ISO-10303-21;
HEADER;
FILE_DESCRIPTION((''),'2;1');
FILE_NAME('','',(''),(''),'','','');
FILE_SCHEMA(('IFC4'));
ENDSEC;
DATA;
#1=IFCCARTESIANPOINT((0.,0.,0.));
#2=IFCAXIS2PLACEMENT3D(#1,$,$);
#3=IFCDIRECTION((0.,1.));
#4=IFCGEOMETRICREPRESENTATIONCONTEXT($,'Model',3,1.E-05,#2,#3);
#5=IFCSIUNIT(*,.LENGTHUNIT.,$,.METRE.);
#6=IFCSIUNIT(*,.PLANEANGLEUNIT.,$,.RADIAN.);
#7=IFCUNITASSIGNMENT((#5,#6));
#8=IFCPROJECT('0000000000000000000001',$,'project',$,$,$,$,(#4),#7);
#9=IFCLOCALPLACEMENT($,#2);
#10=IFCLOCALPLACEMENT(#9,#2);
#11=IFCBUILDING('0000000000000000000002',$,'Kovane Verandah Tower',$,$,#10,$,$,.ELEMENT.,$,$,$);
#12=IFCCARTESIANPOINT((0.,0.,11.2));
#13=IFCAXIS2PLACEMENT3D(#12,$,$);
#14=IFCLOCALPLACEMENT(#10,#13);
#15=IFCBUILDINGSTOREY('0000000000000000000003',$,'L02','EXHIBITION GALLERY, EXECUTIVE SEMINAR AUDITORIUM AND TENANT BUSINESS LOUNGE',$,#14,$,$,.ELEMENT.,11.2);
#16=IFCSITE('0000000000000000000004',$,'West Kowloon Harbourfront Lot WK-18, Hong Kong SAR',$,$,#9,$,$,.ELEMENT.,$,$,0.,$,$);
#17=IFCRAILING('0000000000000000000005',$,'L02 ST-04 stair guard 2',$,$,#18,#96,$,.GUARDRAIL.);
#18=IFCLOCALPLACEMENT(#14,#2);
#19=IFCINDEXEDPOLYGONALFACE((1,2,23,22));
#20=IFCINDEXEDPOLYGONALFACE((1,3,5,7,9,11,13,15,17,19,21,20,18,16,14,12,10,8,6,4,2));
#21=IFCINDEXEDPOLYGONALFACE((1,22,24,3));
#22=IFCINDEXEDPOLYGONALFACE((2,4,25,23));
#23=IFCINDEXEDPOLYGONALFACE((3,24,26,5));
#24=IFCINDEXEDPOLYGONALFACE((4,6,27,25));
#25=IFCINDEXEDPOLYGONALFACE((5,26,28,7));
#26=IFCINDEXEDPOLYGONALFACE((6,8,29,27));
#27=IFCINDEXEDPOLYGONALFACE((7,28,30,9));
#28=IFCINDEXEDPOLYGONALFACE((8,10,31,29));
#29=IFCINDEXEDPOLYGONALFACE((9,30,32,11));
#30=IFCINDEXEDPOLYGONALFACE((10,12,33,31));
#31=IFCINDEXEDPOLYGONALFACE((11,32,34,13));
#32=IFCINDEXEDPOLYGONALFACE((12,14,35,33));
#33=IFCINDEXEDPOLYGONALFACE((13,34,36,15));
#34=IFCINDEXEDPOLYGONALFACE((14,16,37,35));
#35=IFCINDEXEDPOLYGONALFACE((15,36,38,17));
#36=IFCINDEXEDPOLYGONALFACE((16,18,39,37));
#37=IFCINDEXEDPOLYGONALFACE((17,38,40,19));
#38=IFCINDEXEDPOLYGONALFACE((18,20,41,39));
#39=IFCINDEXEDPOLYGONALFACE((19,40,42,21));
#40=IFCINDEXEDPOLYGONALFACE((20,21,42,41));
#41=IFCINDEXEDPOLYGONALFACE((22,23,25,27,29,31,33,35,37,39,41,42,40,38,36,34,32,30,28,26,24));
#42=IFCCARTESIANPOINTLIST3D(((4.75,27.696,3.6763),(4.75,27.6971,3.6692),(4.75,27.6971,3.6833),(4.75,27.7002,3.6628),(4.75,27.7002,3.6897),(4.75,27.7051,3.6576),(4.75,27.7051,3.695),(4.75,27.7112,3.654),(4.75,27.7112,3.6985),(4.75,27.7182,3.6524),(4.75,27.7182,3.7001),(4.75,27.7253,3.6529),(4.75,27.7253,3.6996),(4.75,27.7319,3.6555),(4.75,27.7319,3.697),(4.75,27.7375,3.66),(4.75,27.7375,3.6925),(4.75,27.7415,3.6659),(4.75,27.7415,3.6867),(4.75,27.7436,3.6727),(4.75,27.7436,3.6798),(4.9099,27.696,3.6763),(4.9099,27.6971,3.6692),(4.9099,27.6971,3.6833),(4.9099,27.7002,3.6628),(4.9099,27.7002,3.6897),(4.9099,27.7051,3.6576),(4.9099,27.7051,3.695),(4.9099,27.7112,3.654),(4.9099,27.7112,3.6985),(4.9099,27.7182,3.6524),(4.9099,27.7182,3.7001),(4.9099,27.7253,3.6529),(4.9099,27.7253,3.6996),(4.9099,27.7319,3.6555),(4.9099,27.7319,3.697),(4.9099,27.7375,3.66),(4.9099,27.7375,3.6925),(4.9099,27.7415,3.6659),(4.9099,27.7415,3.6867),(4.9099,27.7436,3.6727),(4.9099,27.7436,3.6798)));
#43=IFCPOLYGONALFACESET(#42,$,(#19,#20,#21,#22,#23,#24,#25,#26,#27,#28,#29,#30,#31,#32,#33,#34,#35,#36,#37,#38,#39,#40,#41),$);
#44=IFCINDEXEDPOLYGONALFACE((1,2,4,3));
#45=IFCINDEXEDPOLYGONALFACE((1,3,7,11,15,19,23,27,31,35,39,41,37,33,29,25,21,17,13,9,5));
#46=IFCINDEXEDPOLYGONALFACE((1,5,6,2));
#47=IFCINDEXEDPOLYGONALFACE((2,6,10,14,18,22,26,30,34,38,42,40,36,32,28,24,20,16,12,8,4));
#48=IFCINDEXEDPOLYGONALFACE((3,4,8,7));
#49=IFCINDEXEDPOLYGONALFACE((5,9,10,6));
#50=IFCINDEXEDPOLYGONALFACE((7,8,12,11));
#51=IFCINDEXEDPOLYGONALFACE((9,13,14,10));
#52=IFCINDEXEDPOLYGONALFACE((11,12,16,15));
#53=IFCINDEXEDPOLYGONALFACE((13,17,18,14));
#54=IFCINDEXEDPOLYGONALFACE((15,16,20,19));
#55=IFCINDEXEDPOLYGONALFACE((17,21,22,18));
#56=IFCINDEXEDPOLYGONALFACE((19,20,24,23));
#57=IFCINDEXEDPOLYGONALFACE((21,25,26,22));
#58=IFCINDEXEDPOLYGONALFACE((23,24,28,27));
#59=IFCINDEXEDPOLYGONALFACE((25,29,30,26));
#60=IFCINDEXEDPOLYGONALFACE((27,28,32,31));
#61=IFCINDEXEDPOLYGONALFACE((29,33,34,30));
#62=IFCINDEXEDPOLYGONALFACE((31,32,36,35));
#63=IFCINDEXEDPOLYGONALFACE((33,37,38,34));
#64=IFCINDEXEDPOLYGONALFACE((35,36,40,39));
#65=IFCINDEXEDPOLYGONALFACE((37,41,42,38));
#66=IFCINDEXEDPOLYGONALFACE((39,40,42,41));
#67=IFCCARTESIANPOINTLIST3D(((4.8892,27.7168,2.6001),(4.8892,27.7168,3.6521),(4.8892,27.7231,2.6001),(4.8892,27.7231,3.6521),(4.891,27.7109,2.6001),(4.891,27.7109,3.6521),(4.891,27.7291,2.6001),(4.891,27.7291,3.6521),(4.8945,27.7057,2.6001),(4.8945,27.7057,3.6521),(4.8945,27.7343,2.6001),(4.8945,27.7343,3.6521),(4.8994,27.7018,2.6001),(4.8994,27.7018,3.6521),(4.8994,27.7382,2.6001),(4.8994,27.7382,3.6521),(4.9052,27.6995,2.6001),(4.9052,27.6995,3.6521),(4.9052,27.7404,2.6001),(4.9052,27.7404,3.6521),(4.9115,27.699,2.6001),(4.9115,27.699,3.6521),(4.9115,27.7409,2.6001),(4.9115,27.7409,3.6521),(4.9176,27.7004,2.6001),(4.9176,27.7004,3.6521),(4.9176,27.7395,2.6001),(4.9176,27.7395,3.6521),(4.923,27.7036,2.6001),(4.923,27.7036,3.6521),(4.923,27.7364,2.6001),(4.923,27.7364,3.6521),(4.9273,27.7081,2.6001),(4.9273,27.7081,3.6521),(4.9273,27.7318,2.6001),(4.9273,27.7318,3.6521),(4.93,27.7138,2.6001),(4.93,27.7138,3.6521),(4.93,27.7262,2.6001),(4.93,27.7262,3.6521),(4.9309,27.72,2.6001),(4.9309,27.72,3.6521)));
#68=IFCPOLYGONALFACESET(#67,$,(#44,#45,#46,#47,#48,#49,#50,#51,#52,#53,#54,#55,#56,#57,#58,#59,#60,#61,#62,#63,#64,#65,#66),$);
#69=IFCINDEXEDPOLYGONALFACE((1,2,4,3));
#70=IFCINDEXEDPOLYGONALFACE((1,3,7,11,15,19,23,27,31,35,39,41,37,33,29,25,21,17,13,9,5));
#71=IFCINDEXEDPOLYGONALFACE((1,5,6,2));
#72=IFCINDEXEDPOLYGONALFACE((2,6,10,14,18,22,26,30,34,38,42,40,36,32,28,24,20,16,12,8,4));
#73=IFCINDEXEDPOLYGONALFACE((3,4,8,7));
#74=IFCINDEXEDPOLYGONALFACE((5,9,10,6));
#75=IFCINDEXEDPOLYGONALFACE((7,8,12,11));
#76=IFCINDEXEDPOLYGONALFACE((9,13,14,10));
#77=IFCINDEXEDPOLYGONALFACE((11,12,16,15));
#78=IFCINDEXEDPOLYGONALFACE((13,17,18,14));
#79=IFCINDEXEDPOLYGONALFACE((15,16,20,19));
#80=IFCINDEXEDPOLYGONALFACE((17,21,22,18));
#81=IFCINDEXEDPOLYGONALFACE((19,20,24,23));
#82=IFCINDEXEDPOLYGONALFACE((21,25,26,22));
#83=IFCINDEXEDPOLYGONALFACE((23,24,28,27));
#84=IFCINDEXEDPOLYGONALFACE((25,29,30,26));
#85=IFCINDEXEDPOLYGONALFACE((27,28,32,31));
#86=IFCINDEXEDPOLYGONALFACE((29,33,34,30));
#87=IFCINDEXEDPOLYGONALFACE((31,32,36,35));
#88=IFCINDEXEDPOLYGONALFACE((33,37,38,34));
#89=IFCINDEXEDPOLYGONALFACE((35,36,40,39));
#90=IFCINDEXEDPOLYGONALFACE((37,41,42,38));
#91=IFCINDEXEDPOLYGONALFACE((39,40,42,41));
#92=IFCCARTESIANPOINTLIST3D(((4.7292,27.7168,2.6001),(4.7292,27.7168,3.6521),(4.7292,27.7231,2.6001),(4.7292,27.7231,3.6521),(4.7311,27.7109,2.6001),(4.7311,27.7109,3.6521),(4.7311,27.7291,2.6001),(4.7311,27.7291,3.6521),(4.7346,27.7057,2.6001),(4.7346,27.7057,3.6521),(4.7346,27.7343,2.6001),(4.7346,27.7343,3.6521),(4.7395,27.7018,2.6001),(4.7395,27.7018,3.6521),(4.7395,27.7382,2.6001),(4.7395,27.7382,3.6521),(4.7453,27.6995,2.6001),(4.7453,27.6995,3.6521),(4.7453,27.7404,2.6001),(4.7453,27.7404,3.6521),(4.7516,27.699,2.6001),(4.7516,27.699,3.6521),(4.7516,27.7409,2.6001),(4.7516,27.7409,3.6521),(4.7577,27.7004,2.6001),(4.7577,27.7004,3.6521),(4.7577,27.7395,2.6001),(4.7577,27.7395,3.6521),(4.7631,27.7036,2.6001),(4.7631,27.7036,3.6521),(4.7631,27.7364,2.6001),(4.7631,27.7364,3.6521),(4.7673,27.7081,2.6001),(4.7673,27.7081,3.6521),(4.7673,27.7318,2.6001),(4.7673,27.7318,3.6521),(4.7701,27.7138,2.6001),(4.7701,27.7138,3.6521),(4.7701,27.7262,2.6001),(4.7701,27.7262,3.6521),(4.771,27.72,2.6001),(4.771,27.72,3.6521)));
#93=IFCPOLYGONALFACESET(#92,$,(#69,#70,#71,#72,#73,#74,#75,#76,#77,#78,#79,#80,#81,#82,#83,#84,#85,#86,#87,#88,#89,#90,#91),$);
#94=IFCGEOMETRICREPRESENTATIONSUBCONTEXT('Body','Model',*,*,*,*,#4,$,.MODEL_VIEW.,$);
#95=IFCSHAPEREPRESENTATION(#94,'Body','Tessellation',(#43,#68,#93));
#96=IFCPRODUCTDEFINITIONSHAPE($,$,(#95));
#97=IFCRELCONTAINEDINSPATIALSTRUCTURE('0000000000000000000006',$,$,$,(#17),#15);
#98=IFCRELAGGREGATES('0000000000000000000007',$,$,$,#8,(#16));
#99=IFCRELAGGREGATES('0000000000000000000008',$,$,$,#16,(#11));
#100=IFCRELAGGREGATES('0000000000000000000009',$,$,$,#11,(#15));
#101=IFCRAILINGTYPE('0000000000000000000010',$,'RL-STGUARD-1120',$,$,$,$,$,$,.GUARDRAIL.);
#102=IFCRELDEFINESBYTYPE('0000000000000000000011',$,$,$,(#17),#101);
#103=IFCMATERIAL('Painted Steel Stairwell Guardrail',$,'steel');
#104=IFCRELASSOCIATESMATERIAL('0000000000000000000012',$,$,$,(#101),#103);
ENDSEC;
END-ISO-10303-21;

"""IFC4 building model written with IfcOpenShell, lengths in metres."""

from ifc_helpers import new_model, si_unit, direction, frame, origin, origin_2d, place, context, subcontext, project, spatial, circle, extrude, material, type_object, element, save


model = new_model("IFC4")

# Units and contexts
model_context = context("Model", 3, precision=1e-05, world=origin(), true_north=direction((0.0, 1.0)))
body_context = subcontext(model_context, "Body", "Model", "MODEL_VIEW")
ifc_project = project(units=[si_unit("LENGTHUNIT", "METRE"), si_unit("PLANEANGLEUNIT", "RADIAN")], contexts=[model_context])

# Site, building, storey
site_placement = place(None, origin())
site = spatial("IfcSite", under=ifc_project, at=site_placement, Name="West Kowloon Harbourfront Lot WK-18, Hong Kong SAR", CompositionType="ELEMENT", RefElevation=0.0)
building_placement = place(site_placement, origin())
building = spatial("IfcBuilding", under=site, at=building_placement, Name="Kovane Verandah Tower", CompositionType="ELEMENT")
storey_placement = place(building_placement, frame((0.0, 0.0, 11.2)))
storey = spatial("IfcBuildingStorey", under=building, at=storey_placement, Name="L02", Description="EXHIBITION GALLERY, EXECUTIVE SEMINAR AUDITORIUM AND TENANT BUSINESS LOUNGE", CompositionType="ELEMENT", Elevation=11.2)

# Railing
ifc_material_1 = material(Name="Painted Steel Stairwell Guardrail", Category="steel")
railing_type_1 = type_object("IfcRailingType", Name="RL-STGUARD-1120", PredefinedType="GUARDRAIL", material=ifc_material_1)
railing_1_placement = place(storey_placement, frame((4.9099, 27.72, 2.6001)))
element("IfcRailing", 1, at=railing_1_placement, inside=storey, type_object=railing_type_1, Name="L02 ST-04 stair guard 2", PredefinedType="GUARDRAIL", context=body_context, shape_type="SweptSolid", body=[
    extrude(circle(Radius=0.0239, at=origin_2d()), frame((0.0, 0.0, 1.0762), z_axis=(-1.0, 0.0, 0.0), x_axis=(0.0, -1.0, 0.0)), (0.0, 0.0, 1.0), 0.1599),
    extrude(circle(Radius=0.021, at=origin_2d()), origin(), (0.0, 0.0, 1.0), 1.052),
    extrude(circle(Radius=0.021, at=origin_2d()), frame((-0.1599, 0.0, 0.0)), (0.0, 0.0, 1.0), 1.052),
])

save(model, "model.ifc")
